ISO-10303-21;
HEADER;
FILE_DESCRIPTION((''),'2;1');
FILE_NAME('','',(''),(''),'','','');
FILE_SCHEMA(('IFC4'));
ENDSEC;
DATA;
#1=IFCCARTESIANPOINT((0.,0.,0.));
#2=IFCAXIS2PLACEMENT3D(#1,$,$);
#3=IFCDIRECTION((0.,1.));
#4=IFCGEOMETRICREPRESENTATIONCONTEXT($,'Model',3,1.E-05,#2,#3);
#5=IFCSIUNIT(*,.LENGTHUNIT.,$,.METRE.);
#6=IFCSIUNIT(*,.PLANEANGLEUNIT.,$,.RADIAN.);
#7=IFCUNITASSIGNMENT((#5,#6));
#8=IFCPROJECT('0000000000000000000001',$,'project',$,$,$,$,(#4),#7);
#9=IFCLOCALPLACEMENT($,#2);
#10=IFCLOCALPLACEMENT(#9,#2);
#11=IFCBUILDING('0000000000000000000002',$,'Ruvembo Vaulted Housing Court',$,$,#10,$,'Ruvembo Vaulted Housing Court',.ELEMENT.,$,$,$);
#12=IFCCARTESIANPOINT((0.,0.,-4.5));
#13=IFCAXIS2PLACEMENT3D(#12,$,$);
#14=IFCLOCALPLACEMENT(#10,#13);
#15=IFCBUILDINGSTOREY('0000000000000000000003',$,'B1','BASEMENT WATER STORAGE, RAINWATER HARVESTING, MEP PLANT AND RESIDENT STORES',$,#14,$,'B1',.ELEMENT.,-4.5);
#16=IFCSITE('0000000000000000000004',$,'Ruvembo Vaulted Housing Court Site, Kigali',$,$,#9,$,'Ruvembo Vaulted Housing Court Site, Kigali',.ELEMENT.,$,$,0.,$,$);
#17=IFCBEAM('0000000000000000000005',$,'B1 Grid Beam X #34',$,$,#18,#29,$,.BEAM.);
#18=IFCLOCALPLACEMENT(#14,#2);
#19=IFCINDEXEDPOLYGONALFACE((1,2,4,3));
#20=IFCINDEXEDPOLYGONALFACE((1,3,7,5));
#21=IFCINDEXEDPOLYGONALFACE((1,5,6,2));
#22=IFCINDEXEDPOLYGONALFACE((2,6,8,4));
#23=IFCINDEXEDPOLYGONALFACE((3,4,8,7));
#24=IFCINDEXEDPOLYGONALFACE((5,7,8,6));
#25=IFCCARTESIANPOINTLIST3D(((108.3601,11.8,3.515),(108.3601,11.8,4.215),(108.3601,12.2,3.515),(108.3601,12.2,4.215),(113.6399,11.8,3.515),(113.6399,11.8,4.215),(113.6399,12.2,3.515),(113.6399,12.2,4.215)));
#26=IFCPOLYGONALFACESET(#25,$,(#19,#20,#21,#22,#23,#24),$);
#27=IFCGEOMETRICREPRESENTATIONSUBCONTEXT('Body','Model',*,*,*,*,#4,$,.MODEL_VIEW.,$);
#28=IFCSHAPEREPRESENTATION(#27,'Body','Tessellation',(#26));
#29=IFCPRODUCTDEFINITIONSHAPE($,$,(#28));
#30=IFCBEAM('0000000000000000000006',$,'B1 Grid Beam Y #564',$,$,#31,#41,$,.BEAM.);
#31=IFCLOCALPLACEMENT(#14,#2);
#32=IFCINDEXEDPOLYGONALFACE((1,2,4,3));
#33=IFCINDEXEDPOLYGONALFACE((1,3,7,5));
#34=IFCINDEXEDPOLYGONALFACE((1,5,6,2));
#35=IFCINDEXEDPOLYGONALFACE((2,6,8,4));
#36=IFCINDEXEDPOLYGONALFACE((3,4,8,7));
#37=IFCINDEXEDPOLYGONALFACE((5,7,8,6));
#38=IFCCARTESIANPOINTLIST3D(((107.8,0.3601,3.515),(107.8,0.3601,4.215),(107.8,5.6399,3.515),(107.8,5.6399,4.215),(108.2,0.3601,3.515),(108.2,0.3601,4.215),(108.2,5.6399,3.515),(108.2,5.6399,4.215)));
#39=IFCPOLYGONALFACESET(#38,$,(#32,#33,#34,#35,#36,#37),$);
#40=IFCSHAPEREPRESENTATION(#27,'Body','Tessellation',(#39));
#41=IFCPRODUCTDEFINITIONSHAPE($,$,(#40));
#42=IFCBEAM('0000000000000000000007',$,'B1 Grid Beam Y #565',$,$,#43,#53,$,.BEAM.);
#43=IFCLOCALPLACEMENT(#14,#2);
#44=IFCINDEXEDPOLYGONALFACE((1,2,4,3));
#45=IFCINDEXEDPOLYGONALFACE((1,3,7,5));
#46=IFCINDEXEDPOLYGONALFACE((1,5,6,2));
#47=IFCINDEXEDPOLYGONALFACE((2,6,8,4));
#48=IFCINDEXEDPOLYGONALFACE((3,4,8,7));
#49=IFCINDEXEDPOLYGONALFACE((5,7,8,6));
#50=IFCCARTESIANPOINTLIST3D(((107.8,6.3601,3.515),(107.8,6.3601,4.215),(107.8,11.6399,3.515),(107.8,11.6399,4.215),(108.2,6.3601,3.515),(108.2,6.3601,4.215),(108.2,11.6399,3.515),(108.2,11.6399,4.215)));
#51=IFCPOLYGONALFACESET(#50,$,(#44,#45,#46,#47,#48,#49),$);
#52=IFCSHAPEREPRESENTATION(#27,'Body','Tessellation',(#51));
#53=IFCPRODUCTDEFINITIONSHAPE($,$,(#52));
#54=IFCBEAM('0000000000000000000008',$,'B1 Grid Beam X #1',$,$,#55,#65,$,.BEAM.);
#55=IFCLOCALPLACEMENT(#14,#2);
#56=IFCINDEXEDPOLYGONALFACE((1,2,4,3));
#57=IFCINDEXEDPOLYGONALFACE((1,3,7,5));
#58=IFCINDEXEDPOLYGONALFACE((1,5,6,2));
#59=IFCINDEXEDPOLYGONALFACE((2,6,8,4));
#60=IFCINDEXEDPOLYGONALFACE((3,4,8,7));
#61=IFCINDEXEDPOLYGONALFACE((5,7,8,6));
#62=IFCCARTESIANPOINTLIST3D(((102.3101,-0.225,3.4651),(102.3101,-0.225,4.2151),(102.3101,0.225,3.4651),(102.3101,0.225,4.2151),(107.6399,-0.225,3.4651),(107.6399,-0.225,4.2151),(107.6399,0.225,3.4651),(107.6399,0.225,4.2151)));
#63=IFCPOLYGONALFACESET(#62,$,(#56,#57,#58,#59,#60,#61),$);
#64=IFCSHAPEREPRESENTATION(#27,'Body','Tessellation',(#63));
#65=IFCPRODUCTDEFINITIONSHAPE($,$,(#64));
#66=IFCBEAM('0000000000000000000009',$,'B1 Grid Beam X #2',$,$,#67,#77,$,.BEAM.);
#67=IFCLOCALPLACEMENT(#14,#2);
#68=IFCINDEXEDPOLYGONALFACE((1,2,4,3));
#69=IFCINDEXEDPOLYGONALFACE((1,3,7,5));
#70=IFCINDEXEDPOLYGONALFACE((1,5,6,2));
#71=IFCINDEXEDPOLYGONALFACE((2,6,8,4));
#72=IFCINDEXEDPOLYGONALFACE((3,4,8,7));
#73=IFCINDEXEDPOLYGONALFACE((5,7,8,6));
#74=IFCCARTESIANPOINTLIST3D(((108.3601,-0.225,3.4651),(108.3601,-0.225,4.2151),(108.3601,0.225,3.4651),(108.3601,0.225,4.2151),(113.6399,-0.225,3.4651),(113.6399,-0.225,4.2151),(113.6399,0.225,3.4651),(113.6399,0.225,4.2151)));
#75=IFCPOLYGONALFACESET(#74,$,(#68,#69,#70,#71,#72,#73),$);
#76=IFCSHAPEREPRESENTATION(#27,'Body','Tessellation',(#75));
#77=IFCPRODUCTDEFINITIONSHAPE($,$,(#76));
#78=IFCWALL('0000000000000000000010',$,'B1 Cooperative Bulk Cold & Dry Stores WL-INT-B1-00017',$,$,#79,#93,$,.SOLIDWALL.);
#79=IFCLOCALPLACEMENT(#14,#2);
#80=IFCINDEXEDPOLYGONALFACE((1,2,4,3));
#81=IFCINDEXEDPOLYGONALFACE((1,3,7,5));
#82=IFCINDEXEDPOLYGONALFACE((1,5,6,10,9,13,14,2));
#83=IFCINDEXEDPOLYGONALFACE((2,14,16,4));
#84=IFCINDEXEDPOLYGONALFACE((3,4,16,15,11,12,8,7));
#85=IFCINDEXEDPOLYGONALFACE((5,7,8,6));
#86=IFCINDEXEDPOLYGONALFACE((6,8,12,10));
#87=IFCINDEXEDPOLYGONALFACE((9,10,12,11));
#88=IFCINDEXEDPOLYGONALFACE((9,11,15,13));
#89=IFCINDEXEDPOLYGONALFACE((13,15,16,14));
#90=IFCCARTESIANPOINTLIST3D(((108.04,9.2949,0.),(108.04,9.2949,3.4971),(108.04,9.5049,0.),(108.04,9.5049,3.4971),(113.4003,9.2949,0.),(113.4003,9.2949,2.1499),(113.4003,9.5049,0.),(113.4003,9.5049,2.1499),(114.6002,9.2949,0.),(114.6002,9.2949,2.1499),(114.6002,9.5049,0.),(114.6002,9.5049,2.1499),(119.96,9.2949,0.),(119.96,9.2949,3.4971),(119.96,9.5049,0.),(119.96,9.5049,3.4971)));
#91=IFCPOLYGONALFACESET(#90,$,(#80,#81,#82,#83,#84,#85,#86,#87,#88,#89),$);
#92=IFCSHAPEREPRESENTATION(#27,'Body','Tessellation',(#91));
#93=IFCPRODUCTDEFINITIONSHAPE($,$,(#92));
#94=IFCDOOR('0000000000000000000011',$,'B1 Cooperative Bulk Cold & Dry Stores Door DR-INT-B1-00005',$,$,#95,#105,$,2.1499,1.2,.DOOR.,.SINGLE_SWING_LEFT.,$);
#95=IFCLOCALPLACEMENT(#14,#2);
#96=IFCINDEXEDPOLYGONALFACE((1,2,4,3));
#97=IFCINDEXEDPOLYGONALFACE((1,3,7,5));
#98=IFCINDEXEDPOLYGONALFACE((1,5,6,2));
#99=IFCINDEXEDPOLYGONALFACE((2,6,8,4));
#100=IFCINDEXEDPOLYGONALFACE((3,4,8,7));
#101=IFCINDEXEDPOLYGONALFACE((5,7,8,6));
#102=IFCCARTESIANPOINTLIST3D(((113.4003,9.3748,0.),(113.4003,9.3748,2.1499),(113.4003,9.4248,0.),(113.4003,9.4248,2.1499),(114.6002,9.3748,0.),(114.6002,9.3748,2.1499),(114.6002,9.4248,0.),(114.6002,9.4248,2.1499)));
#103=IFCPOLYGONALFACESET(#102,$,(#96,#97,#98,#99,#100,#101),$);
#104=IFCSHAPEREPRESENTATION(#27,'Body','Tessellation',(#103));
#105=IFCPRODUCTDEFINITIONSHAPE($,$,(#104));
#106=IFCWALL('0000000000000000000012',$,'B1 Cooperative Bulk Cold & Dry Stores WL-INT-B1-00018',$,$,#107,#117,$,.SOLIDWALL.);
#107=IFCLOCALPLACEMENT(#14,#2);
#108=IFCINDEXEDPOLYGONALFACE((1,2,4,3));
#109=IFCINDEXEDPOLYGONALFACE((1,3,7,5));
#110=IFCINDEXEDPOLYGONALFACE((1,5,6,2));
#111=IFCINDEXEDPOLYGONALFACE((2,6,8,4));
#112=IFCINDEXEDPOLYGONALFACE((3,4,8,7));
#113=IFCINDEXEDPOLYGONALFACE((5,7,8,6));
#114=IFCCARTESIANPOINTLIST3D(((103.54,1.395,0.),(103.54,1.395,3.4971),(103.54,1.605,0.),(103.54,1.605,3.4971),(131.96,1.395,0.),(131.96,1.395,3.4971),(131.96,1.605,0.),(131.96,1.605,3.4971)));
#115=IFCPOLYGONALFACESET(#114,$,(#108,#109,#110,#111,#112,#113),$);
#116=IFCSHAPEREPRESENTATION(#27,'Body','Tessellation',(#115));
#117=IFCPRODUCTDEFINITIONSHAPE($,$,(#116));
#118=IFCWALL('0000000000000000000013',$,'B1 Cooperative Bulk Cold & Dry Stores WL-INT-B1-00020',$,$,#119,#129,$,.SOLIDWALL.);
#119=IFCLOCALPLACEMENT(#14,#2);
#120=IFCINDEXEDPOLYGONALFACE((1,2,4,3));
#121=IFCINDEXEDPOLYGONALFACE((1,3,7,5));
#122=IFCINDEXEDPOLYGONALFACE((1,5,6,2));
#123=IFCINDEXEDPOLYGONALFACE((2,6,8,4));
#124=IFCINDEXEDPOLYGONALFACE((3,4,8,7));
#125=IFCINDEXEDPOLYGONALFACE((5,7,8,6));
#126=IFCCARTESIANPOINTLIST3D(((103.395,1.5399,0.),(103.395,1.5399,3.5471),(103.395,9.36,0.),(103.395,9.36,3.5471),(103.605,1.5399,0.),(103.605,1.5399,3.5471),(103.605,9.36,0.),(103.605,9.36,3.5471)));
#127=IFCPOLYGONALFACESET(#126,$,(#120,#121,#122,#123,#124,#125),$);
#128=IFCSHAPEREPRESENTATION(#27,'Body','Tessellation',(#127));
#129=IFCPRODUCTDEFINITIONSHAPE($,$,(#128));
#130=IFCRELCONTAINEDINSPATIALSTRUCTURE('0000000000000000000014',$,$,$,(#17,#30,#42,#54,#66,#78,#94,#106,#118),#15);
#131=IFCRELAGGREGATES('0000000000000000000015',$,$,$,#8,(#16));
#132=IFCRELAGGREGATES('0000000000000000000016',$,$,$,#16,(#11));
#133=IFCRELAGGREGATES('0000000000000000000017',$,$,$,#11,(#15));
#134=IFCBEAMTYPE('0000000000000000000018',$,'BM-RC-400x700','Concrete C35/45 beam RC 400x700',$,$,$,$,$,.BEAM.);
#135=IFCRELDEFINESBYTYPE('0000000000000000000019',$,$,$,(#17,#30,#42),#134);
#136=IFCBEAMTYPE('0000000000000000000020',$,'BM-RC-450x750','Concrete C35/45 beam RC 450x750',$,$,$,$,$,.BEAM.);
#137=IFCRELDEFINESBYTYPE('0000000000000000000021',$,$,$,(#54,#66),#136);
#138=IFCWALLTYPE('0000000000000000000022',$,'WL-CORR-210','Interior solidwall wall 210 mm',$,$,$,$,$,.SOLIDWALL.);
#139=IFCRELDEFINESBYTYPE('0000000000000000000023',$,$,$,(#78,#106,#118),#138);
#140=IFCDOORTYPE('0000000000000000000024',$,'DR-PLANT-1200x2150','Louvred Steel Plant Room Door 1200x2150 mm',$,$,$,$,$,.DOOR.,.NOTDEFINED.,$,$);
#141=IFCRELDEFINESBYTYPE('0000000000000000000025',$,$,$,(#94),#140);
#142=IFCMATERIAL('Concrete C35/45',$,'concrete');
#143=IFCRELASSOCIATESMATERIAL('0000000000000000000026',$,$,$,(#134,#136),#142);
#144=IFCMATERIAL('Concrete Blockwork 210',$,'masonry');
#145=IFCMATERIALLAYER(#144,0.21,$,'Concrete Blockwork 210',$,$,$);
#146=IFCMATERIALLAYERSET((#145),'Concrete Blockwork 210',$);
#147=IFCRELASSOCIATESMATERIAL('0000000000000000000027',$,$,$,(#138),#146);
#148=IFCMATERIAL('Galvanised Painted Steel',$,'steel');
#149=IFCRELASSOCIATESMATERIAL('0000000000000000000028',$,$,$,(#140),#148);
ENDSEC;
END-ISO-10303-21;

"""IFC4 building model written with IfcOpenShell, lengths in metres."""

from ifc_helpers import new_model, si_unit, direction, frame, frame_2d, origin, origin_2d, place, context, subcontext, project, spatial, rectangle, extrude, material, layer, layer_set, material_profile, profile_set, type_object, element, fill, save


model = new_model("IFC4")

# Units and contexts
model_context = context("Model", 3, precision=1e-05, world=origin(), true_north=direction((0.0, 1.0)))
body_context = subcontext(model_context, "Body", "Model", "MODEL_VIEW")
ifc_project = project(units=[si_unit("LENGTHUNIT", "METRE"), si_unit("PLANEANGLEUNIT", "RADIAN")], contexts=[model_context])

# Site, building, storey
site_placement = place(None, origin())
site = spatial("IfcSite", under=ifc_project, at=site_placement, Name="Ruvembo Vaulted Housing Court Site, Kigali", LongName="Ruvembo Vaulted Housing Court Site, Kigali", CompositionType="ELEMENT", RefElevation=0.0)
building_placement = place(site_placement, origin())
building = spatial("IfcBuilding", under=site, at=building_placement, Name="Ruvembo Vaulted Housing Court", LongName="Ruvembo Vaulted Housing Court", CompositionType="ELEMENT")
storey_placement = place(building_placement, frame((0.0, 0.0, -4.5)))
storey = spatial("IfcBuildingStorey", under=building, at=storey_placement, Name="B1", Description="BASEMENT WATER STORAGE, RAINWATER HARVESTING, MEP PLANT AND RESIDENT STORES", LongName="B1", CompositionType="ELEMENT", Elevation=-4.5)

# Shared definitions
ifc_material_1 = material(Name="Concrete C35/45", Category="concrete")

# Beams
ifc_material_profile_1 = material_profile(ifc_material_1, rectangle(XDim=0.3999, YDim=0.7, at=origin_2d()), Name="RC 400x700")
ifc_profile_set_1 = profile_set([ifc_material_profile_1], Name="Concrete C35/45")
beam_type_1 = type_object("IfcBeamType", Name="BM-RC-400x700", Description="Concrete C35/45 beam RC 400x700", PredefinedType="BEAM", material=ifc_profile_set_1)
for number, where, z_axis, x_axis, name in (
    (1, (108.3601, 12.0, 3.865), (1.0, 0.0, 0.0), (0.0, 1.0, 0.0), "B1 Grid Beam X #34"),
    (2, (108.0, 0.3601, 3.865), (0.0, 1.0, 0.0), (-1.0, 0.0, 0.0), "B1 Grid Beam Y #564"),
    (3, (108.0, 6.3601, 3.865), (0.0, 1.0, 0.0), (-1.0, 0.0, 0.0), "B1 Grid Beam Y #565"),
):
    element("IfcBeam", number, at=place(storey_placement, frame(where, z_axis=z_axis, x_axis=x_axis)), inside=storey, type_object=beam_type_1, Name=name, PredefinedType="BEAM", context=body_context, shape_type="SweptSolid", body=[
        extrude(rectangle(XDim=0.3999, YDim=0.7, at=origin_2d()), origin(), (0.0, 0.0, 1.0), 5.2798),
    ])
ifc_material_profile_2 = material_profile(ifc_material_1, rectangle(XDim=0.45, YDim=0.75, at=origin_2d()), Name="RC 450x750")
ifc_profile_set_2 = profile_set([ifc_material_profile_2], Name="Concrete C35/45")
beam_type_2 = type_object("IfcBeamType", Name="BM-RC-450x750", Description="Concrete C35/45 beam RC 450x750", PredefinedType="BEAM", material=ifc_profile_set_2)
beam_1_placement = place(storey_placement, frame((102.3101, 0.0, 3.8401), z_axis=(1.0, 0.0, 0.0), x_axis=(0.0, 1.0, 0.0)))
element("IfcBeam", 4, at=beam_1_placement, inside=storey, type_object=beam_type_2, Name="B1 Grid Beam X #1", PredefinedType="BEAM", context=body_context, shape_type="SweptSolid", body=[
    extrude(rectangle(XDim=0.45, YDim=0.75, at=origin_2d()), origin(), (0.0, 0.0, 1.0), 5.3298),
])
beam_2_placement = place(storey_placement, frame((108.3601, 0.0, 3.8401), z_axis=(1.0, 0.0, 0.0), x_axis=(0.0, 1.0, 0.0)))
element("IfcBeam", 5, at=beam_2_placement, inside=storey, type_object=beam_type_2, Name="B1 Grid Beam X #2", PredefinedType="BEAM", context=body_context, shape_type="SweptSolid", body=[
    extrude(rectangle(XDim=0.45, YDim=0.75, at=origin_2d()), origin(), (0.0, 0.0, 1.0), 5.2798),
])

# Wall, opening, door
ifc_material_2 = material(Name="Concrete Blockwork 210", Category="masonry")
ifc_layer = layer(ifc_material_2, 0.21, Name="Concrete Blockwork 210")
ifc_layer_set = layer_set([ifc_layer], Name="Concrete Blockwork 210")
wall_type = type_object("IfcWallType", Name="WL-CORR-210", Description="Interior solidwall wall 210 mm", PredefinedType="SOLIDWALL", material=ifc_layer_set)
wall_1_placement = place(storey_placement, frame((108.04, 9.3999, 0.0), z_axis=(0.0, 0.0, 1.0), x_axis=(1.0, 0.0, 0.0)))
wall_1 = element("IfcWall", 6, at=wall_1_placement, inside=storey, type_object=wall_type, Name="B1 Cooperative Bulk Cold & Dry Stores WL-INT-B1-00017", PredefinedType="SOLIDWALL", context=body_context, shape_type="SweptSolid", body=[
    extrude(rectangle(XDim=11.9199, YDim=0.21, at=frame_2d((5.96, 0.0))), origin(), (0.0, 0.0, 1.0), 3.4971),
])
opening_placement = place(wall_1_placement, frame((5.3601, 0.0, 0.0)))
opening = element("IfcOpeningElement", 7, at=opening_placement, cuts=wall_1, PredefinedType="OPENING", context=body_context, shape_type="SweptSolid", body=[
    extrude(rectangle(XDim=1.2, YDim=2.1499, at=frame_2d((0.6001, 1.075))), frame((0.0, 0.115, 0.0), z_axis=(0.0, -1.0, 0.0), x_axis=(1.0, 0.0, 0.0)), (0.0, 0.0, 1.0), 0.23),
])
ifc_material_3 = material(Name="Galvanised Painted Steel", Category="steel")
door_type = type_object("IfcDoorType", Name="DR-PLANT-1200x2150", Description="Louvred Steel Plant Room Door 1200x2150 mm", OperationType="NOTDEFINED", PredefinedType="DOOR", material=ifc_material_3)
door_placement = place(opening_placement, origin())
door = element("IfcDoor", 8, at=door_placement, inside=storey, type_object=door_type, Name="B1 Cooperative Bulk Cold & Dry Stores Door DR-INT-B1-00005", OperationType="SINGLE_SWING_LEFT", OverallHeight=2.1499, OverallWidth=1.2, PredefinedType="DOOR", context=body_context, shape_type="SweptSolid", body=[
    extrude(rectangle(XDim=1.2, YDim=2.1499, at=frame_2d((0.6001, 1.075))), frame((0.0, 0.0249, 0.0), z_axis=(0.0, -1.0, 0.0), x_axis=(1.0, 0.0, 0.0)), (0.0, 0.0, 1.0), 0.05),
])
fill(opening, door)

# Walls
wall_2_placement = place(storey_placement, frame((103.54, 1.5, 0.0), z_axis=(0.0, 0.0, 1.0), x_axis=(1.0, 0.0, 0.0)))
element("IfcWall", 9, at=wall_2_placement, inside=storey, type_object=wall_type, Name="B1 Cooperative Bulk Cold & Dry Stores WL-INT-B1-00018", PredefinedType="SOLIDWALL", context=body_context, shape_type="SweptSolid", body=[
    extrude(rectangle(XDim=28.4199, YDim=0.21, at=frame_2d((14.21, 0.0))), origin(), (0.0, 0.0, 1.0), 3.4971),
])
wall_3_placement = place(storey_placement, frame((103.5, 9.3601, 0.0), z_axis=(0.0, 0.0, 1.0), x_axis=(0.0, -1.0, 0.0)))
element("IfcWall", 10, at=wall_3_placement, inside=storey, type_object=wall_type, Name="B1 Cooperative Bulk Cold & Dry Stores WL-INT-B1-00020", PredefinedType="SOLIDWALL", context=body_context, shape_type="SweptSolid", body=[
    extrude(rectangle(XDim=7.8201, YDim=0.21, at=frame_2d((3.9102, 0.0))), origin(), (0.0, 0.0, 1.0), 3.5471),
])

save(model, "model.ifc")
